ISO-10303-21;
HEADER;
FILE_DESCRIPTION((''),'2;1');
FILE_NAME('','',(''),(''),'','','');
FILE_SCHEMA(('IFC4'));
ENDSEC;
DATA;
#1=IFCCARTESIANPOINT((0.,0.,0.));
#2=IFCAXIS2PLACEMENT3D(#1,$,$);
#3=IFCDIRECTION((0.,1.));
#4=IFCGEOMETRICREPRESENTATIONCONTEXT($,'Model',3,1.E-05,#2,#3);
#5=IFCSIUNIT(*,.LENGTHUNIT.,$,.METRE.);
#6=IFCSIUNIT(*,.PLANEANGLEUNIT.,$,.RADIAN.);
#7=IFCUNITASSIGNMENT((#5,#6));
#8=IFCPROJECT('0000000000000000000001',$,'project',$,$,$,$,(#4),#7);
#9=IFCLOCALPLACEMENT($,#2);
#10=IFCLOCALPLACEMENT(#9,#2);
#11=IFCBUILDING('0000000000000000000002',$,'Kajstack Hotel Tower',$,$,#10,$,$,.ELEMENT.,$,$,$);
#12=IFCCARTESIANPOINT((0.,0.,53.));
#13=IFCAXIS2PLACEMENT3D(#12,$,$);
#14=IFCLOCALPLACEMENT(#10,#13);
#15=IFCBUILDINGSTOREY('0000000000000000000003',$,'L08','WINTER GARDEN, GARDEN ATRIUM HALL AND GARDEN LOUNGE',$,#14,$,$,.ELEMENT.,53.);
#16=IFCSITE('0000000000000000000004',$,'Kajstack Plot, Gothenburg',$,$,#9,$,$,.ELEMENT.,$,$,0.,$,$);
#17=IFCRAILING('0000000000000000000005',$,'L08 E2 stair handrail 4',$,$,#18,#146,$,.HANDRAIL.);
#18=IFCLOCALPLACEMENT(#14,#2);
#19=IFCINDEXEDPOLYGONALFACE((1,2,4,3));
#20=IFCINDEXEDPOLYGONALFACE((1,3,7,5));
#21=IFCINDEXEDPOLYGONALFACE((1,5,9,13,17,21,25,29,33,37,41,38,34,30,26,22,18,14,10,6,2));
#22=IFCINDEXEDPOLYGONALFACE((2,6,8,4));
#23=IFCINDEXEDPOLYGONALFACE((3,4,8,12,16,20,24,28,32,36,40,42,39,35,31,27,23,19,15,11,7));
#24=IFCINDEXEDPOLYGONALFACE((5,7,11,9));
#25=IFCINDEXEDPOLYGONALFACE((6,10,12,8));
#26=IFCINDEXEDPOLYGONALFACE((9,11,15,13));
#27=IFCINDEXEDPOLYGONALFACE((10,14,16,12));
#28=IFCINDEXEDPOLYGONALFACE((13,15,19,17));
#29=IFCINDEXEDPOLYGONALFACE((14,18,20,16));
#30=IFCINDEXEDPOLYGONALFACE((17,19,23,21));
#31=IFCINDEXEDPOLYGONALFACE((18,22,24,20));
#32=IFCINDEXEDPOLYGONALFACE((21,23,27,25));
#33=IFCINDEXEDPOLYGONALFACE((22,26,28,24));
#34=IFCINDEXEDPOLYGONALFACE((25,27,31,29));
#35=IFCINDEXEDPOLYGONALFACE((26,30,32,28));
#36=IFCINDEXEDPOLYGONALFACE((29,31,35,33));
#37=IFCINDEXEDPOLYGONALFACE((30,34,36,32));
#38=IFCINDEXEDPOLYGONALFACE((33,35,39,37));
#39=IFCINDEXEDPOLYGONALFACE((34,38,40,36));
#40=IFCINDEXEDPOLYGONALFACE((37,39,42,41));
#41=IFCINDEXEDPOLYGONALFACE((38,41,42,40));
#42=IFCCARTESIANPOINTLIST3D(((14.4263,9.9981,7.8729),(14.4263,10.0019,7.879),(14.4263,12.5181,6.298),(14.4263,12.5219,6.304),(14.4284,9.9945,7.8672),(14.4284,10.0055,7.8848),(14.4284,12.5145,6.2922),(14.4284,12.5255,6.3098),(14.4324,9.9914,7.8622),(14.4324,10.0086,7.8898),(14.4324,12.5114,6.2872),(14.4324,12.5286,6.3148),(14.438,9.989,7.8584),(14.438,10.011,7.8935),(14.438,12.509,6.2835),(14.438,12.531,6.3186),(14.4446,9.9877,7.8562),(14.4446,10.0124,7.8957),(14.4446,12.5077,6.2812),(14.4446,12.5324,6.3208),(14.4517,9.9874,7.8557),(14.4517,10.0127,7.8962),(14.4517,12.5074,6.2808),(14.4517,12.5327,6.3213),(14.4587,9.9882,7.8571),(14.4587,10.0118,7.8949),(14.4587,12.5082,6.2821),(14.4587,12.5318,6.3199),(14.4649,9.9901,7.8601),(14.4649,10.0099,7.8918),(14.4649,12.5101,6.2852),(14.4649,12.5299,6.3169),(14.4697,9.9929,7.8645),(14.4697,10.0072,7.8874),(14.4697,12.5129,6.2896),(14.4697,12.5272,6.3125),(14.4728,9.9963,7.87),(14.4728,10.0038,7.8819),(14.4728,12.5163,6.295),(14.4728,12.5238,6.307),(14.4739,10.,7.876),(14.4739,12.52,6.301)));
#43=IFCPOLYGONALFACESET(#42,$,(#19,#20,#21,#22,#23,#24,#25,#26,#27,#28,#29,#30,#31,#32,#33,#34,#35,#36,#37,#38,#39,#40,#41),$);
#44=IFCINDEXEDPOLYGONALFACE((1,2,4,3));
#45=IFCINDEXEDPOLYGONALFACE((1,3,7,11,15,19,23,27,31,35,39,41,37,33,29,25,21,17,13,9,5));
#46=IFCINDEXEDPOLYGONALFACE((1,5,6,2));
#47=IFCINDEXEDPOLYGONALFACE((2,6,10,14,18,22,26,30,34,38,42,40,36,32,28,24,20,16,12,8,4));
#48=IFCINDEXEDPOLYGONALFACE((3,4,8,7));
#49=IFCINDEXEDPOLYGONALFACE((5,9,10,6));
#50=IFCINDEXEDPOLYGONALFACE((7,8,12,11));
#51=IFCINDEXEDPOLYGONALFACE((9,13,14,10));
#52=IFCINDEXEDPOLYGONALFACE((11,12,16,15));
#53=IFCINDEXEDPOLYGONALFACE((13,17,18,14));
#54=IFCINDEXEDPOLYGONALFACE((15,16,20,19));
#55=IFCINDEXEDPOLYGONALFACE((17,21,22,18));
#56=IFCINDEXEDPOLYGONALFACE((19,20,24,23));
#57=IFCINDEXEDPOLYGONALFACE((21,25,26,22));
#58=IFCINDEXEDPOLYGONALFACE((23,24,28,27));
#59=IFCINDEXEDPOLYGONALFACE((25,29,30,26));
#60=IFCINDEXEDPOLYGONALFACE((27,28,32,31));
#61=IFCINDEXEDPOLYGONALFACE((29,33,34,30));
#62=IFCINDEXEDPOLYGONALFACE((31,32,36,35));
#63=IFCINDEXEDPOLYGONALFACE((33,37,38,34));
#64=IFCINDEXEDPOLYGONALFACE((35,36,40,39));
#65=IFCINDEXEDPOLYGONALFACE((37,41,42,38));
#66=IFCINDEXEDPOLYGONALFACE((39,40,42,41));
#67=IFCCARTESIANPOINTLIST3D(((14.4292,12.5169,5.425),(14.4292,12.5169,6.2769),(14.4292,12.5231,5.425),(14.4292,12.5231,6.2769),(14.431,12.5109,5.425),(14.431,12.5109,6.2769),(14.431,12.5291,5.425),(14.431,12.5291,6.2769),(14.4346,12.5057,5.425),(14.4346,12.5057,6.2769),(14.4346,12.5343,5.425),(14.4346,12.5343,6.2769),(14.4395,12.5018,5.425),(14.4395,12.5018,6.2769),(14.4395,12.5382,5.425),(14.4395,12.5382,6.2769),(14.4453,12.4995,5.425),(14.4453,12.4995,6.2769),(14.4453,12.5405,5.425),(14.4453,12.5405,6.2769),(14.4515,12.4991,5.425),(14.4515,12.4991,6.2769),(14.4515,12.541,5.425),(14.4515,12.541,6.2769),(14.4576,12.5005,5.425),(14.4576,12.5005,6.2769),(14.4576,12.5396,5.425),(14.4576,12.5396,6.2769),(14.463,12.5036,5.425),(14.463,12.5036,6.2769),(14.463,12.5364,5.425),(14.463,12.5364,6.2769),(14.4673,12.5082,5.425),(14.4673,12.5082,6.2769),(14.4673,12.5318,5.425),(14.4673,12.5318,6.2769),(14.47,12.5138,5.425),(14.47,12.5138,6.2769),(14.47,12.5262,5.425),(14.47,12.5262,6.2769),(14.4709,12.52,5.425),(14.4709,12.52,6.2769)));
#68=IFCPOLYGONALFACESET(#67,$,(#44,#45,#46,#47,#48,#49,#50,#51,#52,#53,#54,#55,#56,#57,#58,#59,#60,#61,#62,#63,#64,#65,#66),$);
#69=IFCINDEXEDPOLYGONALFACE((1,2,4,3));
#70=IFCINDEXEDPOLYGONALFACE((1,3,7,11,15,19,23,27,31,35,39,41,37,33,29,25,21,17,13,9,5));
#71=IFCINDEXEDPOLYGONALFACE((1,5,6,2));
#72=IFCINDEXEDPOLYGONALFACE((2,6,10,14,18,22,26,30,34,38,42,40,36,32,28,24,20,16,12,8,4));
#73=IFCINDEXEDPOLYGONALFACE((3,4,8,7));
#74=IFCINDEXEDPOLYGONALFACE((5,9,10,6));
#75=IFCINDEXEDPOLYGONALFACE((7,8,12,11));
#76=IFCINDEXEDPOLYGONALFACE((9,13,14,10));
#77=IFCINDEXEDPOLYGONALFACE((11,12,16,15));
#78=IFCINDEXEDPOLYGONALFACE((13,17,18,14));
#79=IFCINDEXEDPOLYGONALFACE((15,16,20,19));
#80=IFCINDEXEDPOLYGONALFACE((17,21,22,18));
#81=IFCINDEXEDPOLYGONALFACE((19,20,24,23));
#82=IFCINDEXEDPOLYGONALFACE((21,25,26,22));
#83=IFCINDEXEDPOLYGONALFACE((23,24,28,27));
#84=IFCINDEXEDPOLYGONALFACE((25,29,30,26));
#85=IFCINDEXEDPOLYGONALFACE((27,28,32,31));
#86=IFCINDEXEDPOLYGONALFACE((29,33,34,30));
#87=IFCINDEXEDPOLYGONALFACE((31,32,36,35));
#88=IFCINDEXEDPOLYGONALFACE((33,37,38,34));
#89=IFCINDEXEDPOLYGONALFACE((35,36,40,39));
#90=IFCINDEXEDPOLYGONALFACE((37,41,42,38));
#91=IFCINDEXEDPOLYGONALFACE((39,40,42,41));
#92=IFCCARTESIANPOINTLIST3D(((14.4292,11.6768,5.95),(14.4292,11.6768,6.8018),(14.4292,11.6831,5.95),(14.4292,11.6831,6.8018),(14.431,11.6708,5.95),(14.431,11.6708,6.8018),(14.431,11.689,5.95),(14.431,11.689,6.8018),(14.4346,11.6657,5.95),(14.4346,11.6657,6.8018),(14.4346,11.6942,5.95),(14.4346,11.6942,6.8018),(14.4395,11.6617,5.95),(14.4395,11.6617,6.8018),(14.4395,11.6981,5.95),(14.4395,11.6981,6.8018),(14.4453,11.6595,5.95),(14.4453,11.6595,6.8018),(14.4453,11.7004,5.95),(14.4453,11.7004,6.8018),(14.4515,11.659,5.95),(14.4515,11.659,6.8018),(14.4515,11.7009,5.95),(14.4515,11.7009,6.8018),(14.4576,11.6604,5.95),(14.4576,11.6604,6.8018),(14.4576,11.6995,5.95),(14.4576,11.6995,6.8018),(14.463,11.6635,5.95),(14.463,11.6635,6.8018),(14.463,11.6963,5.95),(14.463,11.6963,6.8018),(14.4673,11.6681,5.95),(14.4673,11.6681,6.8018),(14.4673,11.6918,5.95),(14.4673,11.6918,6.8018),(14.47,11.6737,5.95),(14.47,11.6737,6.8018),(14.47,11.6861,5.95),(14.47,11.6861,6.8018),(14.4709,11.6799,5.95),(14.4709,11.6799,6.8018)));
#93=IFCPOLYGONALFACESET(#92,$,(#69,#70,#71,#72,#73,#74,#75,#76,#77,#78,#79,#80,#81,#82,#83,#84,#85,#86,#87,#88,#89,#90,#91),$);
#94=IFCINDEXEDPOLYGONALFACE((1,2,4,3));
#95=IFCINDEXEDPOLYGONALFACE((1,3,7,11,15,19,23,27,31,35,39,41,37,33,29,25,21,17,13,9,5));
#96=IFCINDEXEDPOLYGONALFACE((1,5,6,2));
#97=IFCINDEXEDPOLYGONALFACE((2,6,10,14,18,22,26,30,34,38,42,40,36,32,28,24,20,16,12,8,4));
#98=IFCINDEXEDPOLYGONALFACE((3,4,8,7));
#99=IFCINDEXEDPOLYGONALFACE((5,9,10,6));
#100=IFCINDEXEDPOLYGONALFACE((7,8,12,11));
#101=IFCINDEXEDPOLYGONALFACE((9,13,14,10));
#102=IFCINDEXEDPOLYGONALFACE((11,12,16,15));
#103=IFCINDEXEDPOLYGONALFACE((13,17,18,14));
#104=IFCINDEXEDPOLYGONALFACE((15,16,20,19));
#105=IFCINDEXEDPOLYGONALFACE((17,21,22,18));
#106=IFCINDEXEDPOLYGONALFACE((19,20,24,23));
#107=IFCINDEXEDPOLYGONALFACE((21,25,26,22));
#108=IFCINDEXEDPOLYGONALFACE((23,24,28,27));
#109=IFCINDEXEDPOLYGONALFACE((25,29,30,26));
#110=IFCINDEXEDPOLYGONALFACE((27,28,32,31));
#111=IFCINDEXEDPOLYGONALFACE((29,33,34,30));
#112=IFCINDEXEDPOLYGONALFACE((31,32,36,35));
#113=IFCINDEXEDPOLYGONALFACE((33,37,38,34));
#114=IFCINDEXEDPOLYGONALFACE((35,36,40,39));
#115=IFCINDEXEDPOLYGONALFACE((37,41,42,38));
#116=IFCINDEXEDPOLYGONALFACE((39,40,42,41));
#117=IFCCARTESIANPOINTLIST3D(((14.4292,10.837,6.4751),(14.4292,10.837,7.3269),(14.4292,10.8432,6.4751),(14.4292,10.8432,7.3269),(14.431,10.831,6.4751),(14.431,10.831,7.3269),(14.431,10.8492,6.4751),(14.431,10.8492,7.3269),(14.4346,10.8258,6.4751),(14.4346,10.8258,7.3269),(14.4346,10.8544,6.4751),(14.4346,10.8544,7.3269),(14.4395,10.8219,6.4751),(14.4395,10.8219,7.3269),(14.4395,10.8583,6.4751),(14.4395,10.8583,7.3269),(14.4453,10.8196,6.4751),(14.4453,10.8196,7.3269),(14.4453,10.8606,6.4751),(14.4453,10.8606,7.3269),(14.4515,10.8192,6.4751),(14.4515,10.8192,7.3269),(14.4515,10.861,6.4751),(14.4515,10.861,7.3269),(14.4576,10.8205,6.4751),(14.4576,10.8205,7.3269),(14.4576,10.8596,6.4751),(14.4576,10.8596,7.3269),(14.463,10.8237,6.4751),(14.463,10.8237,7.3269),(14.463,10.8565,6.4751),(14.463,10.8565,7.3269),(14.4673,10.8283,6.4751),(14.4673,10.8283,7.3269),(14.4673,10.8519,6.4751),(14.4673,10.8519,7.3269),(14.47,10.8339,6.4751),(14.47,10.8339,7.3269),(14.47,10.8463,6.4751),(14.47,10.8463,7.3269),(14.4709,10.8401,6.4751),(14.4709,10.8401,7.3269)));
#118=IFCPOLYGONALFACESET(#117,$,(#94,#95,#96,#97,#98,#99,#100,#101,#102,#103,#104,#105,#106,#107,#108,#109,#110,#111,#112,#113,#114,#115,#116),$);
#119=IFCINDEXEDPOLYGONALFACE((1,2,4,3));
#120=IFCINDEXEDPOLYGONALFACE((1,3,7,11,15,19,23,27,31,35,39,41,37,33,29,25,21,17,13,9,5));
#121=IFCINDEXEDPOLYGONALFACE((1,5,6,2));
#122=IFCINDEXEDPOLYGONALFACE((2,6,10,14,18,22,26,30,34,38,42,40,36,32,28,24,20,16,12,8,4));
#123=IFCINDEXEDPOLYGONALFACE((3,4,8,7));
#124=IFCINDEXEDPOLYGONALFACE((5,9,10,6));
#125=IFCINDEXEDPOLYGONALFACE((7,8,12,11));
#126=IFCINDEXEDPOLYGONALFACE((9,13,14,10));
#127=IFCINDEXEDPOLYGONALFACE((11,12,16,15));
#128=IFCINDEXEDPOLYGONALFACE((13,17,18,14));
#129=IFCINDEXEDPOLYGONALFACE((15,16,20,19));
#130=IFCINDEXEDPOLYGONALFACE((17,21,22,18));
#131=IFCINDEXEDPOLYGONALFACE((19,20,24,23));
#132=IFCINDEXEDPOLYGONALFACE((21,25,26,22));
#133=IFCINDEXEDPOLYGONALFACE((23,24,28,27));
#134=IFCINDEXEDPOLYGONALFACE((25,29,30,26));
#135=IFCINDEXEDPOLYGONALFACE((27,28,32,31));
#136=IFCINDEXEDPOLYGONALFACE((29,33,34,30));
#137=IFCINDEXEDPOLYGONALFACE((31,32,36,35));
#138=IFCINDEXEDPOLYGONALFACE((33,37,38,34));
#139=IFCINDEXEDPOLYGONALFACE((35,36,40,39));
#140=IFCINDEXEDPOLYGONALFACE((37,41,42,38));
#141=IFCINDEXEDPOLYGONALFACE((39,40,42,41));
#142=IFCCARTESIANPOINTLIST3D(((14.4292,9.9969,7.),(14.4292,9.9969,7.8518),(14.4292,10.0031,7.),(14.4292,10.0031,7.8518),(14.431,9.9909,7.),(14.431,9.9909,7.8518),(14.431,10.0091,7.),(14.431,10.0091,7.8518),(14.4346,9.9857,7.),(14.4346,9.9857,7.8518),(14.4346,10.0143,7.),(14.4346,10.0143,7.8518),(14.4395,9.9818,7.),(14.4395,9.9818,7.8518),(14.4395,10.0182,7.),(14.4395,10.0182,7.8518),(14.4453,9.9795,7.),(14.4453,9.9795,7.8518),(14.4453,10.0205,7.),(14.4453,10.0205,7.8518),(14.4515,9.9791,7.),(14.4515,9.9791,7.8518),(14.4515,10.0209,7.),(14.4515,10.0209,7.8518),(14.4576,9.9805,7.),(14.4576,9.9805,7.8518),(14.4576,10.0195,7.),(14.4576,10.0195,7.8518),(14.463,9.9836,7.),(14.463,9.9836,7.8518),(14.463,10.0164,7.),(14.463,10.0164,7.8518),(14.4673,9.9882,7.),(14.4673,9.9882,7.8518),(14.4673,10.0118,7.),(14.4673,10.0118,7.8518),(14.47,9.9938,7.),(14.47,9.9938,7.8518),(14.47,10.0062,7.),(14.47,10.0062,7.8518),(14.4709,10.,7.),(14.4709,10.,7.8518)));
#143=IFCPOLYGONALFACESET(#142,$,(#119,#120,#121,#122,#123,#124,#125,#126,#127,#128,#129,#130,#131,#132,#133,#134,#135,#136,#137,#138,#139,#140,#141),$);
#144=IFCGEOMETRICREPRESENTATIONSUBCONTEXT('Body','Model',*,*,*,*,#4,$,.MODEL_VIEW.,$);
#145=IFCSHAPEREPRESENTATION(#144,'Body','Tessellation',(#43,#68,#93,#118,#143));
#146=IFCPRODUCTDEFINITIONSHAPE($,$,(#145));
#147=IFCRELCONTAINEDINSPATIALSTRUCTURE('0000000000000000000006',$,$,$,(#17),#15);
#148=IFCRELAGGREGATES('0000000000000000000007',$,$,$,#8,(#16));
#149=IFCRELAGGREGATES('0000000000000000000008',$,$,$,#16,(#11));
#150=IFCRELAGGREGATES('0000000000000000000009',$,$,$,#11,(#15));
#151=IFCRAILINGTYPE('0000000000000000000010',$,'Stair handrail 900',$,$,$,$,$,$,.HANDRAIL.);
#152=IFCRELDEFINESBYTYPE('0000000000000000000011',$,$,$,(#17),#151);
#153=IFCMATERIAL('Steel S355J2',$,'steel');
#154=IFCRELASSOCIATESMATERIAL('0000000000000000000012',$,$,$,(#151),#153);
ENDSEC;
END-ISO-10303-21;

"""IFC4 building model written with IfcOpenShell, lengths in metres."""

from ifc_helpers import new_model, si_unit, direction, frame, origin, origin_2d, place, context, subcontext, project, spatial, circle, extrude, material, type_object, element, save


model = new_model("IFC4")

# Units and contexts
model_context = context("Model", 3, precision=1e-05, world=origin(), true_north=direction((0.0, 1.0)))
body_context = subcontext(model_context, "Body", "Model", "MODEL_VIEW")
ifc_project = project(units=[si_unit("LENGTHUNIT", "METRE"), si_unit("PLANEANGLEUNIT", "RADIAN")], contexts=[model_context])

# Site, building, storey
site_placement = place(None, origin())
site = spatial("IfcSite", under=ifc_project, at=site_placement, Name="Kajstack Plot, Gothenburg", CompositionType="ELEMENT", RefElevation=0.0)
building_placement = place(site_placement, origin())
building = spatial("IfcBuilding", under=site, at=building_placement, Name="Kajstack Hotel Tower", CompositionType="ELEMENT")
storey_placement = place(building_placement, frame((0.0, 0.0, 53.0)))
storey = spatial("IfcBuildingStorey", under=building, at=storey_placement, Name="L08", Description="WINTER GARDEN, GARDEN ATRIUM HALL AND GARDEN LOUNGE", CompositionType="ELEMENT", Elevation=53.0)

# Railing
ifc_material_1 = material(Name="Steel S355J2", Category="steel")
railing_type_1 = type_object("IfcRailingType", Name="Stair handrail 900", PredefinedType="HANDRAIL", material=ifc_material_1)
for number, where, name in (
    (1, (14.45, 12.52, 5.425), "L08 E2 stair handrail 4"),
):
    element("IfcRailing", number, at=place(storey_placement, frame(where)), inside=storey, type_object=railing_type_1, Name=name, PredefinedType="HANDRAIL", context=body_context, shape_type="SweptSolid", body=[
        extrude(circle(Radius=0.0239, at=origin_2d()), frame((0.0, 0.0, 0.876), z_axis=(0.0, -0.848008, 0.529984), x_axis=(1.0, 0.0, 0.0)), (0.0, 0.0, 1.0), 2.9717),
        extrude(circle(Radius=0.021, at=origin_2d()), origin(), (0.0, 0.0, 1.0), 0.8518),
        extrude(circle(Radius=0.021, at=origin_2d()), frame((0.0, -0.8401, 0.5249)), (0.0, 0.0, 1.0), 0.8518),
        extrude(circle(Radius=0.021, at=origin_2d()), frame((0.0, -1.6799, 1.05)), (0.0, 0.0, 1.0), 0.8518),
        extrude(circle(Radius=0.021, at=origin_2d()), frame((0.0, -2.52, 1.575)), (0.0, 0.0, 1.0), 0.8518),
    ])

save(model, "model.ifc")
